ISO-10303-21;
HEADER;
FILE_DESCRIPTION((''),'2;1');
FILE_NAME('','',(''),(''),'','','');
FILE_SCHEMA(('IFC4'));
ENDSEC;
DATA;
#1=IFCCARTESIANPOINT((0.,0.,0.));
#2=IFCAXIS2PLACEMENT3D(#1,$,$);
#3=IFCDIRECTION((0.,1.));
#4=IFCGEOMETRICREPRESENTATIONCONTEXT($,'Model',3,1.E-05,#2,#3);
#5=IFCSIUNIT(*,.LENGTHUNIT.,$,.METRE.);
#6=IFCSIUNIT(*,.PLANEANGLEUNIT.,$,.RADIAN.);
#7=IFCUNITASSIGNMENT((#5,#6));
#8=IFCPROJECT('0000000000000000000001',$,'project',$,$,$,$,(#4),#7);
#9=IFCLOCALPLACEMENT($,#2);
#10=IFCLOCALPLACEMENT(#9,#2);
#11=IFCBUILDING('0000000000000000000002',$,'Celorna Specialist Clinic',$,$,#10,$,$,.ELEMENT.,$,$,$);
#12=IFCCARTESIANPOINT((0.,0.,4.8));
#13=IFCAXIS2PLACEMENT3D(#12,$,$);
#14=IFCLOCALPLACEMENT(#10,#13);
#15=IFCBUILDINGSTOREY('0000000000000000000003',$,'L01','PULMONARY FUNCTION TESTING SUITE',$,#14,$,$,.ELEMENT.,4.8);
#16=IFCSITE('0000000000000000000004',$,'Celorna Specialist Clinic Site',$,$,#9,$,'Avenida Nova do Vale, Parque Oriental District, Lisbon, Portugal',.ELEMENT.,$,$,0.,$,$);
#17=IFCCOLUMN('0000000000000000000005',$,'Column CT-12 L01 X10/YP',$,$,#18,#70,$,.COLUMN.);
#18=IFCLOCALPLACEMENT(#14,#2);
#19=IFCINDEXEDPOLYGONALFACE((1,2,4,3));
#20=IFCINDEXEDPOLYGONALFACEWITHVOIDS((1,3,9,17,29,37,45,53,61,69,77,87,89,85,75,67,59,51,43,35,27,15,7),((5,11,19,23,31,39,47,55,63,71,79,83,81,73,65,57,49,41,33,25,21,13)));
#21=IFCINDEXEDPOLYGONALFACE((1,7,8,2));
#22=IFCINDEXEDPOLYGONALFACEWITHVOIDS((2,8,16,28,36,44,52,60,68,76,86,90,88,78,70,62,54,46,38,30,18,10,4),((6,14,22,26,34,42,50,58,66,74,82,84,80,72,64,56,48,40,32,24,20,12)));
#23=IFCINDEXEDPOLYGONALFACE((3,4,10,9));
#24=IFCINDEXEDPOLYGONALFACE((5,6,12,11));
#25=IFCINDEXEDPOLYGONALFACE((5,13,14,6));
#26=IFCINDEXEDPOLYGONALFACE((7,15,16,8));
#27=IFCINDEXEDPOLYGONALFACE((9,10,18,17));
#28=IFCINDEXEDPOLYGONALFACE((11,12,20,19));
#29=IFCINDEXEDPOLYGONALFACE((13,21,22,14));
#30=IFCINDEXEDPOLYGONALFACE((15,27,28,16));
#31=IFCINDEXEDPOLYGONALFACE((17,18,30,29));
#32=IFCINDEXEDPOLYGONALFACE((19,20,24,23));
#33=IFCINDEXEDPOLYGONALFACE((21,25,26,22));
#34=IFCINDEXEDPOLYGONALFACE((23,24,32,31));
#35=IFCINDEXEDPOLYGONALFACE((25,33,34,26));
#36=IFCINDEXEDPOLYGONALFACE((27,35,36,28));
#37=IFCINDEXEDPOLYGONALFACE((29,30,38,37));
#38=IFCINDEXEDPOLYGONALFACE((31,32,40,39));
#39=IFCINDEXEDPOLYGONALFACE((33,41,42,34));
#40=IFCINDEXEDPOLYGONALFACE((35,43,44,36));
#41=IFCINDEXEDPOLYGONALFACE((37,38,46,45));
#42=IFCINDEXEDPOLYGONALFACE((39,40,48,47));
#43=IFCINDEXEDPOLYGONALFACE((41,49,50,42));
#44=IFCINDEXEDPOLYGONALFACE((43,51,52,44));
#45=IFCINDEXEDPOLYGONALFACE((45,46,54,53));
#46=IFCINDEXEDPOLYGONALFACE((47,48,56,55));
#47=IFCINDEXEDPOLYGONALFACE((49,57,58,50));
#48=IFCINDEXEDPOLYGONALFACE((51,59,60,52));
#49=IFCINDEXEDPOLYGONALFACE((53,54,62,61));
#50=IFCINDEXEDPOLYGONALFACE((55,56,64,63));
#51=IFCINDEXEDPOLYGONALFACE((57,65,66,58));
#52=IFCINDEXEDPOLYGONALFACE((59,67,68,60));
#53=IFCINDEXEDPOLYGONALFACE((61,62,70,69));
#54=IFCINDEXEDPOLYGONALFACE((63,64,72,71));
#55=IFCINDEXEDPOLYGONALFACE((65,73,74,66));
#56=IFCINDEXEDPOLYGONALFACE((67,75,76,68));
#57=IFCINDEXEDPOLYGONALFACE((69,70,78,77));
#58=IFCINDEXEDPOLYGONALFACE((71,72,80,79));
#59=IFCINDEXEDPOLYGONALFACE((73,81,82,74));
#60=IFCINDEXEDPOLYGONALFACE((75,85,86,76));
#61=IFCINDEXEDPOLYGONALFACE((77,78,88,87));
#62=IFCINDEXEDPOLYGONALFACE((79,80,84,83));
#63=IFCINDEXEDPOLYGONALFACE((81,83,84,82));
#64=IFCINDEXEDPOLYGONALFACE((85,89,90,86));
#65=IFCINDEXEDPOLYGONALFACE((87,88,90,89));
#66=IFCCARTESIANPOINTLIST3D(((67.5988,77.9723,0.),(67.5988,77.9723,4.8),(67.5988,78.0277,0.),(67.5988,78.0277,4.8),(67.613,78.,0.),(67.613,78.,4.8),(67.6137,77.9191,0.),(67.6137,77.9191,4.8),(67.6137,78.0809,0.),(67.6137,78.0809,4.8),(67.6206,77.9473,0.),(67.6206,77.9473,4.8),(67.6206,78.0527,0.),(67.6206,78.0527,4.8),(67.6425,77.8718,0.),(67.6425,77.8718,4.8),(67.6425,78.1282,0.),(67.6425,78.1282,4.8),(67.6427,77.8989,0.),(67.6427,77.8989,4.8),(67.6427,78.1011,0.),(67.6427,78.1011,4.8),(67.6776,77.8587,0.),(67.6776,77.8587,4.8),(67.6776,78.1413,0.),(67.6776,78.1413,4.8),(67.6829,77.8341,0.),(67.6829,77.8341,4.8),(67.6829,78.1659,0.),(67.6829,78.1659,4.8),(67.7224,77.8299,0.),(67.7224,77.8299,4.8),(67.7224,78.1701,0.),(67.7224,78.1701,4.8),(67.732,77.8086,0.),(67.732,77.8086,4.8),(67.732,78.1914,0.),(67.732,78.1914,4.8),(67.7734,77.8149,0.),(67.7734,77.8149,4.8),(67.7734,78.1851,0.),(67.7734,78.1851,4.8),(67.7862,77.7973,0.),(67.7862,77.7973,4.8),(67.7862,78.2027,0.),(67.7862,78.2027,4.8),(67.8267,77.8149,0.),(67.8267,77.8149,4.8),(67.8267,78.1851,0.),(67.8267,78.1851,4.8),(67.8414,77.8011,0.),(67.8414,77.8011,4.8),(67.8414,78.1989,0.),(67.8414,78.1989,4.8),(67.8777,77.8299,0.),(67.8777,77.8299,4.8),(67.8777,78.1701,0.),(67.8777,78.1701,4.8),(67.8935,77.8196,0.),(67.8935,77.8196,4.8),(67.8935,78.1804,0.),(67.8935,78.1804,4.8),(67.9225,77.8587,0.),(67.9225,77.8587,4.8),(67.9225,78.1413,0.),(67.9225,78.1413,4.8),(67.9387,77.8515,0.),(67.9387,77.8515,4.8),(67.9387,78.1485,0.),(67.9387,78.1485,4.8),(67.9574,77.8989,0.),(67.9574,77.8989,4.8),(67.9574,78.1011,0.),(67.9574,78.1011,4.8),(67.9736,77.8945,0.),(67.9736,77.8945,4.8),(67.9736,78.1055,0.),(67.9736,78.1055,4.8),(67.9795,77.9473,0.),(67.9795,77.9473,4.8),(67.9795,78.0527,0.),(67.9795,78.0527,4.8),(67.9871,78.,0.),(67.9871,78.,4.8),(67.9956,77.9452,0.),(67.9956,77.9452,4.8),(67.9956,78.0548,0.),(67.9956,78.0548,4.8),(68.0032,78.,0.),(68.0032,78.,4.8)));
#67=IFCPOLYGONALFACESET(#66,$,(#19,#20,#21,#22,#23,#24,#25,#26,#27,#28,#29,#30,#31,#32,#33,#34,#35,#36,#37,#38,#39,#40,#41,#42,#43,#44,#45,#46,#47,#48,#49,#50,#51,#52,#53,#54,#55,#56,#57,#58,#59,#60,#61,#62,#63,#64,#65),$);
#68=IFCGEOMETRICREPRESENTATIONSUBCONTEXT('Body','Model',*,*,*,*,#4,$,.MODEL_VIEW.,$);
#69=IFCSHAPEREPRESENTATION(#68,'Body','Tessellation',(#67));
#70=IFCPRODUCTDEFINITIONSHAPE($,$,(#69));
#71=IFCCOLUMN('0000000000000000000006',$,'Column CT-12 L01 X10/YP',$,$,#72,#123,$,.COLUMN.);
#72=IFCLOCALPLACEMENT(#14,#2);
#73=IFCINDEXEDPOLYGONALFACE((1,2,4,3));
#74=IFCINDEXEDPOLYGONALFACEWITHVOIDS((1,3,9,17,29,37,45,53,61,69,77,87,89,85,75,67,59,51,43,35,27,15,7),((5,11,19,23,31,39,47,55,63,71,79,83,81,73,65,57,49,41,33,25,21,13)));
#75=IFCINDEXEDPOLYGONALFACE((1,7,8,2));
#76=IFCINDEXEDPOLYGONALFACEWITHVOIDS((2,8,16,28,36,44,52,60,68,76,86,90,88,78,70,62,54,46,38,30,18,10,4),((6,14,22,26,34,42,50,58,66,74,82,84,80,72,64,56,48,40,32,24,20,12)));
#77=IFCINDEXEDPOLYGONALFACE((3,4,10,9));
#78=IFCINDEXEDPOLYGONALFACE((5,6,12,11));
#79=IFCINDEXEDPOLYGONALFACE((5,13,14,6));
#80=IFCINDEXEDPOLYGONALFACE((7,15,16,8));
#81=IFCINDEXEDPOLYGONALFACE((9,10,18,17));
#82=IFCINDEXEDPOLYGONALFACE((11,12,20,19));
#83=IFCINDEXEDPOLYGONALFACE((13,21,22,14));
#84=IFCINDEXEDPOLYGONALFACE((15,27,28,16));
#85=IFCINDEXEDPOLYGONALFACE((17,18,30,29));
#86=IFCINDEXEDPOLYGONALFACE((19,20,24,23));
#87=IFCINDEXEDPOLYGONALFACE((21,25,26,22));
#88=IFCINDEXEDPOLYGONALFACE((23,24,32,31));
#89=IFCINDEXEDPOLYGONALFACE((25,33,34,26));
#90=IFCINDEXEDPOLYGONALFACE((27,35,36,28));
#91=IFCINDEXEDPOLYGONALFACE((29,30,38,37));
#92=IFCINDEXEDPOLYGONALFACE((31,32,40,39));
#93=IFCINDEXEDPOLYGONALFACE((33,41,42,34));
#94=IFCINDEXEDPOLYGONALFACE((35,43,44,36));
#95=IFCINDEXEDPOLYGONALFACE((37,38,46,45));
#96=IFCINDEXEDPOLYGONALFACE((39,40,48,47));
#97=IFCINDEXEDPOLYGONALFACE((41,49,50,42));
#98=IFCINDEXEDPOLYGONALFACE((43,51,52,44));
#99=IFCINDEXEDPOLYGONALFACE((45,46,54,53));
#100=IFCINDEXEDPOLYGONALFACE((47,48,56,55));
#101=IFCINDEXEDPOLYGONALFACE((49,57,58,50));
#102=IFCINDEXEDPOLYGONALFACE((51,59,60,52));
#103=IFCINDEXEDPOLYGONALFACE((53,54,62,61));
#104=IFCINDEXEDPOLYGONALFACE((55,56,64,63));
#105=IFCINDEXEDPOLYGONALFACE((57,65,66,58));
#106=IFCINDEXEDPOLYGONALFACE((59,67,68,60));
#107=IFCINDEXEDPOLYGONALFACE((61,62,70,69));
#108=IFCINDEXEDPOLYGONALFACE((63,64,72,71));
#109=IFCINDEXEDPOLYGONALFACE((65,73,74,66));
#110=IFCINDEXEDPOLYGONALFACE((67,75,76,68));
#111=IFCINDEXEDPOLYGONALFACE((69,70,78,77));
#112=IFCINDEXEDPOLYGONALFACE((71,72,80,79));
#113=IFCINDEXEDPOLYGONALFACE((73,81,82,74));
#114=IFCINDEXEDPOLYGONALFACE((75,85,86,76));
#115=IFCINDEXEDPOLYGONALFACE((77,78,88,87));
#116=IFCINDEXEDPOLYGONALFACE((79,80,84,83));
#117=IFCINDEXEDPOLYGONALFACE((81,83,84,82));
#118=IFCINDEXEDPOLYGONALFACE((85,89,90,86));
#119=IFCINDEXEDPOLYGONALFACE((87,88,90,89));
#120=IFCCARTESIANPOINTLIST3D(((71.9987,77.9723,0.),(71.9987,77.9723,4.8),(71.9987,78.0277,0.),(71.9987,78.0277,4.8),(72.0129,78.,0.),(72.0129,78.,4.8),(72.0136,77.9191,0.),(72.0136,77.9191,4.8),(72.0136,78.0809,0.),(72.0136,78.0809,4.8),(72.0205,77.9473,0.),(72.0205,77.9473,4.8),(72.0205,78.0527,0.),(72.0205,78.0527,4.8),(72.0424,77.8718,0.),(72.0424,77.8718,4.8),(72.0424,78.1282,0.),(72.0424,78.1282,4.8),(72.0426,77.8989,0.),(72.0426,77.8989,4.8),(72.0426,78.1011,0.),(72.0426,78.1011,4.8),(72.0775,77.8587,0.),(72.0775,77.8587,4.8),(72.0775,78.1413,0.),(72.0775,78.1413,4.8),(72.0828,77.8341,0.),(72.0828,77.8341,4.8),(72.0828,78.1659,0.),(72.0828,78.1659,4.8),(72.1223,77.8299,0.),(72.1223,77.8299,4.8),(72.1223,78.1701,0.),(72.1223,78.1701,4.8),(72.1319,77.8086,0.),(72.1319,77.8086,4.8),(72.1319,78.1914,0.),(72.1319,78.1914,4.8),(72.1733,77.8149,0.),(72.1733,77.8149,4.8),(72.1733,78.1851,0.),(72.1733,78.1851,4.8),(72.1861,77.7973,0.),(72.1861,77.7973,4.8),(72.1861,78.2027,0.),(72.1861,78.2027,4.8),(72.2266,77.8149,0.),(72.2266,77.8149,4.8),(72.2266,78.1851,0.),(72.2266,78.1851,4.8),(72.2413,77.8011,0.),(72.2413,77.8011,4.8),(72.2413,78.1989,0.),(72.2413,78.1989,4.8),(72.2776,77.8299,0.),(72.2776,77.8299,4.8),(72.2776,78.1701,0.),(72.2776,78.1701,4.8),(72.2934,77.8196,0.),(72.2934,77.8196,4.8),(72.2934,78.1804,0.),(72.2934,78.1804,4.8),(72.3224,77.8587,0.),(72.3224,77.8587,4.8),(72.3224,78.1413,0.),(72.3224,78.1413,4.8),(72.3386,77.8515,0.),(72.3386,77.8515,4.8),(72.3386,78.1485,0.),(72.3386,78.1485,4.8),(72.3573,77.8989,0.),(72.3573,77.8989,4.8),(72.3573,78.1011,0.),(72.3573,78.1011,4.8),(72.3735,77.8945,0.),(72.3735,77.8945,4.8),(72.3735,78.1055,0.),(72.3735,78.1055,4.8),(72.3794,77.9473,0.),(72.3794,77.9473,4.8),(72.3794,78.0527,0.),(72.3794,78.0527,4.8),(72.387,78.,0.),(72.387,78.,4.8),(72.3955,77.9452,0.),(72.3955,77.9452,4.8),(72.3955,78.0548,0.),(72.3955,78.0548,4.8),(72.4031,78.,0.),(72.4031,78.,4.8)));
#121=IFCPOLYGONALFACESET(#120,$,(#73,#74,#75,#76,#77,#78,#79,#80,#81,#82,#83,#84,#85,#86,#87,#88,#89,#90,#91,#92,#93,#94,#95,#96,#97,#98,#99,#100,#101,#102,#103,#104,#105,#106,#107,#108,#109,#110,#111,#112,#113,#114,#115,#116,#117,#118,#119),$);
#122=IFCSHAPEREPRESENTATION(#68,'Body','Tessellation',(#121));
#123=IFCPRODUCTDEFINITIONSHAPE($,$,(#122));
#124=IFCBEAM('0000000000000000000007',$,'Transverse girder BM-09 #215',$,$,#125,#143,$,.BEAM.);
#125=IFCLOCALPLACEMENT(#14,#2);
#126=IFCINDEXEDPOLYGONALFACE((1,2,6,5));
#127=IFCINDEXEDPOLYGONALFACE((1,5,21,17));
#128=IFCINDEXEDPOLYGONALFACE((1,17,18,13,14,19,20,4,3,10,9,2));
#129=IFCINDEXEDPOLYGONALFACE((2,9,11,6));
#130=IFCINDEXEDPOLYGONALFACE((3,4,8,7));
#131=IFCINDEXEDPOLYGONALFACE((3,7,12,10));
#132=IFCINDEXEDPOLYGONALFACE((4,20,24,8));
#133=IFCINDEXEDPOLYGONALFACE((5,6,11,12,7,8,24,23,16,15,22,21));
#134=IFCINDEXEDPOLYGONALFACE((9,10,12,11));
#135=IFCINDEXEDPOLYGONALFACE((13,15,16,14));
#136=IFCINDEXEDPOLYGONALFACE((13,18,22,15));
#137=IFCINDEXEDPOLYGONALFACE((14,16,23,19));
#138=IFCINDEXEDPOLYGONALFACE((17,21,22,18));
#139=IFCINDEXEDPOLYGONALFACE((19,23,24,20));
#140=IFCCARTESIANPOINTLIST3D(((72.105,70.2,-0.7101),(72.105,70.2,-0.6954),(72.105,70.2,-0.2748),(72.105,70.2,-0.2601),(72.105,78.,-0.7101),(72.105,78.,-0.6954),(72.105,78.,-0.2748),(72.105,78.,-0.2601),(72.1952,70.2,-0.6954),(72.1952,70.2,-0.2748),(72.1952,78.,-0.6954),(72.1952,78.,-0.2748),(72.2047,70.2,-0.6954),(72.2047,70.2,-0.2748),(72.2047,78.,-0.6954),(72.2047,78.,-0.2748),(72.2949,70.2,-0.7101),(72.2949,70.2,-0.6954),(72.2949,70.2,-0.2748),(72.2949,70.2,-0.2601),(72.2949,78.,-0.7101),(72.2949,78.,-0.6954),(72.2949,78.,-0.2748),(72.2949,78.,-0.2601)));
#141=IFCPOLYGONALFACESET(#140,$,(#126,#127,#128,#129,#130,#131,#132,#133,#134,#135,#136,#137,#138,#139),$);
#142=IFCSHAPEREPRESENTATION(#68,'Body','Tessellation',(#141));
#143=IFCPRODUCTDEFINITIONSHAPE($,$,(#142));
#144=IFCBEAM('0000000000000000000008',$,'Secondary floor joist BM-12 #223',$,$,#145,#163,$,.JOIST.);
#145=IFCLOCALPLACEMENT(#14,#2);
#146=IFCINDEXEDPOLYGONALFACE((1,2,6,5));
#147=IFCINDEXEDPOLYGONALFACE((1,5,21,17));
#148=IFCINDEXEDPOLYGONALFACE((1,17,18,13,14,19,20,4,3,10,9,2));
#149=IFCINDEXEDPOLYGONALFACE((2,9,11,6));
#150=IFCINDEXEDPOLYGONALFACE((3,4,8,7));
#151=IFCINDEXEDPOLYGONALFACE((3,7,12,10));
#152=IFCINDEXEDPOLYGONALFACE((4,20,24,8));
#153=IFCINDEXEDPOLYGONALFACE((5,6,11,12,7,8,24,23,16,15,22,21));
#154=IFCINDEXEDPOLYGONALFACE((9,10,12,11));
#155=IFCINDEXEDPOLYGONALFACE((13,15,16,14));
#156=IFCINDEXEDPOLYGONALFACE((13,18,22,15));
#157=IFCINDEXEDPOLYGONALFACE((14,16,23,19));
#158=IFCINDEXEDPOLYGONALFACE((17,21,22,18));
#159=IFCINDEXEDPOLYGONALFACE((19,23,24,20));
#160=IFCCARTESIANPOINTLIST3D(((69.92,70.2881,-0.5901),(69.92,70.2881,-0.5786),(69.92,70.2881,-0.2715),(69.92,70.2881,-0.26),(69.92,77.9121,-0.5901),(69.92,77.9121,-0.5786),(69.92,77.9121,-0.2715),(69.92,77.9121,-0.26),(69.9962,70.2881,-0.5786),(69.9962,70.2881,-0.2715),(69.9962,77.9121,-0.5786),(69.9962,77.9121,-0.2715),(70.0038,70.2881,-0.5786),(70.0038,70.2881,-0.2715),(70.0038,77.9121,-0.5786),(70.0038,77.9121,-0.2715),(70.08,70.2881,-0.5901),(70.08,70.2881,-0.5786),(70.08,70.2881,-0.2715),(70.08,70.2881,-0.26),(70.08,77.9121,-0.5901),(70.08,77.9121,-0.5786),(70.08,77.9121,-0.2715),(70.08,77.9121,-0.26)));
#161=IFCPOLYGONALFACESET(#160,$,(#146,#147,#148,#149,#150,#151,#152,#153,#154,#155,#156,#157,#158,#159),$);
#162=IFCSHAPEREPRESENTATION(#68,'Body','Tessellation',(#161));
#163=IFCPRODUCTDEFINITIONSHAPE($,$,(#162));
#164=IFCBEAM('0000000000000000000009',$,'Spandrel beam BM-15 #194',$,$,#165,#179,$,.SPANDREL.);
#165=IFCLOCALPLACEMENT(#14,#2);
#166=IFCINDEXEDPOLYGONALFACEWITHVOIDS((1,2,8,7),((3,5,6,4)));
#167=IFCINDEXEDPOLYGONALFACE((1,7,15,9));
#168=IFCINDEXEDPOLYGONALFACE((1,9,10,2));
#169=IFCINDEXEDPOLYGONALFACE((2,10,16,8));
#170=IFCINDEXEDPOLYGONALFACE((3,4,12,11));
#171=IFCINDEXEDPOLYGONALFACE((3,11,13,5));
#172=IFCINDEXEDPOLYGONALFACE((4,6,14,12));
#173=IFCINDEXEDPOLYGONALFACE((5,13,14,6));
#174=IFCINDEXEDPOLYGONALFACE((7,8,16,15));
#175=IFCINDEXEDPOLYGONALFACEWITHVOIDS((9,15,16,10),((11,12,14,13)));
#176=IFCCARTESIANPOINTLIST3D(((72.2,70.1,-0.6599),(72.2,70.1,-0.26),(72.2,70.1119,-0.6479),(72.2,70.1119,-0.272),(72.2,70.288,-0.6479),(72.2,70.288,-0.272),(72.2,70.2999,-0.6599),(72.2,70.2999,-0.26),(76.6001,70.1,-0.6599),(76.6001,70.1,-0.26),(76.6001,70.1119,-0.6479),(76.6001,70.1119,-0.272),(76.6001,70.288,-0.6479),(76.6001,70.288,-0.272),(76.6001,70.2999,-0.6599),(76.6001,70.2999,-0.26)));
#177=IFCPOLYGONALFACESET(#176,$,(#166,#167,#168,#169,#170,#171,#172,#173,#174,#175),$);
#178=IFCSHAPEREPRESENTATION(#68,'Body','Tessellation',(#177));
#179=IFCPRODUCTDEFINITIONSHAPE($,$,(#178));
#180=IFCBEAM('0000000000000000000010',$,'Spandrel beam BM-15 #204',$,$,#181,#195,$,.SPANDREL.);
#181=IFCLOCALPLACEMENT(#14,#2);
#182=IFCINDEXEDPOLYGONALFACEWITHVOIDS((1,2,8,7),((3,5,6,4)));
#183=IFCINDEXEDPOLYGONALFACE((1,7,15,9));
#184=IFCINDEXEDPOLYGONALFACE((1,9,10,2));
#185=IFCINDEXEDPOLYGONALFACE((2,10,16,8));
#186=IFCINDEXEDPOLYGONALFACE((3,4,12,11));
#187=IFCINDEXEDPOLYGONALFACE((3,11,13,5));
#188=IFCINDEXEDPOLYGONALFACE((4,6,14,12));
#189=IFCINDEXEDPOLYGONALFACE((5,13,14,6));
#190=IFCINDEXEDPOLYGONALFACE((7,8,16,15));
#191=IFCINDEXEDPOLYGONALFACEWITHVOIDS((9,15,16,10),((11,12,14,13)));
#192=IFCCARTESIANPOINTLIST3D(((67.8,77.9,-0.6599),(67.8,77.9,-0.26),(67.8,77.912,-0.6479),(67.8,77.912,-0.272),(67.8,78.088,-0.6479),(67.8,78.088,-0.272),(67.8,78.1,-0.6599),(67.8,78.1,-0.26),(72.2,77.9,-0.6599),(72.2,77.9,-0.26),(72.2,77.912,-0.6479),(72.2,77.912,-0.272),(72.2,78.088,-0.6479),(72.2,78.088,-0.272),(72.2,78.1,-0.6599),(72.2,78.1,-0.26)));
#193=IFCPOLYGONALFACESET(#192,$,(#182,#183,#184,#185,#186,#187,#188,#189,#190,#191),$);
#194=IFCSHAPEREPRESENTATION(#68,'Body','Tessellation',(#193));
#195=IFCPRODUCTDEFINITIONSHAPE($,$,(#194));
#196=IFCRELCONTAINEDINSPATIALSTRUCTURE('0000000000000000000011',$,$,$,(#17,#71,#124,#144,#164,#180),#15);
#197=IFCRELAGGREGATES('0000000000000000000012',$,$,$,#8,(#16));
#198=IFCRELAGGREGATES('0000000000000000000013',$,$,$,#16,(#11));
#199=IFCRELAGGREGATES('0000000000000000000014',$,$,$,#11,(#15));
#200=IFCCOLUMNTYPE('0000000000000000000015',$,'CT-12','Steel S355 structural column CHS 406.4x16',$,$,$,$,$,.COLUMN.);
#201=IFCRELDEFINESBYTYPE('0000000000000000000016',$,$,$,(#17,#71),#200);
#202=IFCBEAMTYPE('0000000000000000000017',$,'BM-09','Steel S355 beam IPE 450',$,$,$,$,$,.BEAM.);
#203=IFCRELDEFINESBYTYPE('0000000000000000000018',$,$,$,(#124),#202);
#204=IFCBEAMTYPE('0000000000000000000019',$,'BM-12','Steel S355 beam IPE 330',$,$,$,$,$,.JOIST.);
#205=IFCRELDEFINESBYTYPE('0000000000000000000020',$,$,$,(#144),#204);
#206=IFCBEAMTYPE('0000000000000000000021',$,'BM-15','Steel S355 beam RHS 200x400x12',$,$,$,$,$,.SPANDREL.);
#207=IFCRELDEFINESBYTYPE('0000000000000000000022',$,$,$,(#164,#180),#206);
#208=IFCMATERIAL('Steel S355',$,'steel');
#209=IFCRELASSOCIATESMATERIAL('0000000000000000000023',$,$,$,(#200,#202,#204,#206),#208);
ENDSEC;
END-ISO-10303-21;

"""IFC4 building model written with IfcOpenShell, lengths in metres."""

from ifc_helpers import new_model, si_unit, direction, frame, origin, origin_2d, place, context, subcontext, project, spatial, hollow_rectangle, hollow_circle, i_section, extrude, material, material_profile, profile_set, type_object, element, save


model = new_model("IFC4")

# Units and contexts
model_context = context("Model", 3, precision=1e-05, world=origin(), true_north=direction((0.0, 1.0)))
body_context = subcontext(model_context, "Body", "Model", "MODEL_VIEW")
ifc_project = project(units=[si_unit("LENGTHUNIT", "METRE"), si_unit("PLANEANGLEUNIT", "RADIAN")], contexts=[model_context])

# Site, building, storey
site_placement = place(None, origin())
site = spatial("IfcSite", under=ifc_project, at=site_placement, Name="Celorna Specialist Clinic Site", LongName="Avenida Nova do Vale, Parque Oriental District, Lisbon, Portugal", CompositionType="ELEMENT", RefElevation=0.0)
building_placement = place(site_placement, origin())
building = spatial("IfcBuilding", under=site, at=building_placement, Name="Celorna Specialist Clinic", CompositionType="ELEMENT")
storey_placement = place(building_placement, frame((0.0, 0.0, 4.8)))
storey = spatial("IfcBuildingStorey", under=building, at=storey_placement, Name="L01", Description="PULMONARY FUNCTION TESTING SUITE", CompositionType="ELEMENT", Elevation=4.8)

# Columns
ifc_material_1 = material(Name="Steel S355", Category="steel")
ifc_material_profile_1 = material_profile(ifc_material_1, hollow_circle(Radius=0.2031, WallThickness=0.0161, at=origin_2d()), Name="CHS 406.4x16")
ifc_profile_set_1 = profile_set([ifc_material_profile_1], Name="Steel S355")
column_type = type_object("IfcColumnType", Name="CT-12", Description="Steel S355 structural column CHS 406.4x16", PredefinedType="COLUMN", material=ifc_profile_set_1)
for number, where, z_axis, x_axis, name in (
    (1, (67.8, 78.0, 0.0), (0.0, 0.0, 1.0), (1.0, 0.0, 0.0), "Column CT-12 L01 X10/YP"),
    (2, (72.2, 78.0, 0.0), (0.0, 0.0, 1.0), (1.0, 0.0, 0.0), "Column CT-12 L01 X10/YP"),
):
    element("IfcColumn", number, at=place(storey_placement, frame(where, z_axis=z_axis, x_axis=x_axis)), inside=storey, type_object=column_type, Name=name, PredefinedType="COLUMN", context=body_context, shape_type="SweptSolid", body=[
        extrude(hollow_circle(Radius=0.2031, WallThickness=0.0161, at=origin_2d()), origin(), (0.0, 0.0, 1.0), 4.8),
    ])

# Beams
ifc_material_profile_2 = material_profile(ifc_material_1, i_section(OverallWidth=0.1899, OverallDepth=0.45, WebThickness=0.0095, FlangeThickness=0.0146, at=origin_2d()), Name="IPE 450")
ifc_profile_set_2 = profile_set([ifc_material_profile_2], Name="Steel S355")
beam_type_1 = type_object("IfcBeamType", Name="BM-09", Description="Steel S355 beam IPE 450", PredefinedType="BEAM", material=ifc_profile_set_2)
beam_1_placement = place(storey_placement, frame((72.2, 70.2, -0.4851), z_axis=(0.0, 1.0, 0.0), x_axis=(-1.0, 0.0, 0.0)))
element("IfcBeam", 3, at=beam_1_placement, inside=storey, type_object=beam_type_1, Name="Transverse girder BM-09 #215", PredefinedType="BEAM", context=body_context, shape_type="SweptSolid", body=[
    extrude(i_section(OverallWidth=0.1899, OverallDepth=0.45, WebThickness=0.0095, FlangeThickness=0.0146, at=origin_2d()), origin(), (0.0, 0.0, 1.0), 7.8),
])
ifc_material_profile_3 = material_profile(ifc_material_1, i_section(OverallWidth=0.1599, OverallDepth=0.3301, WebThickness=0.0076, FlangeThickness=0.0115, at=origin_2d()), Name="IPE 330")
ifc_profile_set_3 = profile_set([ifc_material_profile_3], Name="Steel S355")
beam_type_2 = type_object("IfcBeamType", Name="BM-12", Description="Steel S355 beam IPE 330", PredefinedType="JOIST", material=ifc_profile_set_3)
beam_2_placement = place(storey_placement, frame((70.0, 70.2881, -0.425), z_axis=(0.0, 1.0, 0.0), x_axis=(-1.0, 0.0, 0.0)))
element("IfcBeam", 4, at=beam_2_placement, inside=storey, type_object=beam_type_2, Name="Secondary floor joist BM-12 #223", PredefinedType="JOIST", context=body_context, shape_type="SweptSolid", body=[
    extrude(i_section(OverallWidth=0.1599, OverallDepth=0.3301, WebThickness=0.0076, FlangeThickness=0.0115, at=origin_2d()), origin(), (0.0, 0.0, 1.0), 7.624),
])
ifc_material_profile_4 = material_profile(ifc_material_1, hollow_rectangle(XDim=0.2, YDim=0.3999, WallThickness=0.012, at=origin_2d()), Name="RHS 200x400x12")
ifc_profile_set_4 = profile_set([ifc_material_profile_4], Name="Steel S355")
beam_type_3 = type_object("IfcBeamType", Name="BM-15", Description="Steel S355 beam RHS 200x400x12", PredefinedType="SPANDREL", material=ifc_profile_set_4)
beam_3_placement = place(storey_placement, frame((72.2, 70.2, -0.46), z_axis=(1.0, 0.0, 0.0), x_axis=(0.0, 1.0, 0.0)))
element("IfcBeam", 5, at=beam_3_placement, inside=storey, type_object=beam_type_3, Name="Spandrel beam BM-15 #194", PredefinedType="SPANDREL", context=body_context, shape_type="SweptSolid", body=[
    extrude(hollow_rectangle(XDim=0.2, YDim=0.3999, WallThickness=0.012, at=origin_2d()), origin(), (0.0, 0.0, 1.0), 4.4001),
])
beam_4_placement = place(storey_placement, frame((67.8, 78.0, -0.46), z_axis=(1.0, 0.0, 0.0), x_axis=(0.0, 1.0, 0.0)))
element("IfcBeam", 6, at=beam_4_placement, inside=storey, type_object=beam_type_3, Name="Spandrel beam BM-15 #204", PredefinedType="SPANDREL", context=body_context, shape_type="SweptSolid", body=[
    extrude(hollow_rectangle(XDim=0.2, YDim=0.3999, WallThickness=0.012, at=origin_2d()), origin(), (0.0, 0.0, 1.0), 4.3999),
])

save(model, "model.ifc")
